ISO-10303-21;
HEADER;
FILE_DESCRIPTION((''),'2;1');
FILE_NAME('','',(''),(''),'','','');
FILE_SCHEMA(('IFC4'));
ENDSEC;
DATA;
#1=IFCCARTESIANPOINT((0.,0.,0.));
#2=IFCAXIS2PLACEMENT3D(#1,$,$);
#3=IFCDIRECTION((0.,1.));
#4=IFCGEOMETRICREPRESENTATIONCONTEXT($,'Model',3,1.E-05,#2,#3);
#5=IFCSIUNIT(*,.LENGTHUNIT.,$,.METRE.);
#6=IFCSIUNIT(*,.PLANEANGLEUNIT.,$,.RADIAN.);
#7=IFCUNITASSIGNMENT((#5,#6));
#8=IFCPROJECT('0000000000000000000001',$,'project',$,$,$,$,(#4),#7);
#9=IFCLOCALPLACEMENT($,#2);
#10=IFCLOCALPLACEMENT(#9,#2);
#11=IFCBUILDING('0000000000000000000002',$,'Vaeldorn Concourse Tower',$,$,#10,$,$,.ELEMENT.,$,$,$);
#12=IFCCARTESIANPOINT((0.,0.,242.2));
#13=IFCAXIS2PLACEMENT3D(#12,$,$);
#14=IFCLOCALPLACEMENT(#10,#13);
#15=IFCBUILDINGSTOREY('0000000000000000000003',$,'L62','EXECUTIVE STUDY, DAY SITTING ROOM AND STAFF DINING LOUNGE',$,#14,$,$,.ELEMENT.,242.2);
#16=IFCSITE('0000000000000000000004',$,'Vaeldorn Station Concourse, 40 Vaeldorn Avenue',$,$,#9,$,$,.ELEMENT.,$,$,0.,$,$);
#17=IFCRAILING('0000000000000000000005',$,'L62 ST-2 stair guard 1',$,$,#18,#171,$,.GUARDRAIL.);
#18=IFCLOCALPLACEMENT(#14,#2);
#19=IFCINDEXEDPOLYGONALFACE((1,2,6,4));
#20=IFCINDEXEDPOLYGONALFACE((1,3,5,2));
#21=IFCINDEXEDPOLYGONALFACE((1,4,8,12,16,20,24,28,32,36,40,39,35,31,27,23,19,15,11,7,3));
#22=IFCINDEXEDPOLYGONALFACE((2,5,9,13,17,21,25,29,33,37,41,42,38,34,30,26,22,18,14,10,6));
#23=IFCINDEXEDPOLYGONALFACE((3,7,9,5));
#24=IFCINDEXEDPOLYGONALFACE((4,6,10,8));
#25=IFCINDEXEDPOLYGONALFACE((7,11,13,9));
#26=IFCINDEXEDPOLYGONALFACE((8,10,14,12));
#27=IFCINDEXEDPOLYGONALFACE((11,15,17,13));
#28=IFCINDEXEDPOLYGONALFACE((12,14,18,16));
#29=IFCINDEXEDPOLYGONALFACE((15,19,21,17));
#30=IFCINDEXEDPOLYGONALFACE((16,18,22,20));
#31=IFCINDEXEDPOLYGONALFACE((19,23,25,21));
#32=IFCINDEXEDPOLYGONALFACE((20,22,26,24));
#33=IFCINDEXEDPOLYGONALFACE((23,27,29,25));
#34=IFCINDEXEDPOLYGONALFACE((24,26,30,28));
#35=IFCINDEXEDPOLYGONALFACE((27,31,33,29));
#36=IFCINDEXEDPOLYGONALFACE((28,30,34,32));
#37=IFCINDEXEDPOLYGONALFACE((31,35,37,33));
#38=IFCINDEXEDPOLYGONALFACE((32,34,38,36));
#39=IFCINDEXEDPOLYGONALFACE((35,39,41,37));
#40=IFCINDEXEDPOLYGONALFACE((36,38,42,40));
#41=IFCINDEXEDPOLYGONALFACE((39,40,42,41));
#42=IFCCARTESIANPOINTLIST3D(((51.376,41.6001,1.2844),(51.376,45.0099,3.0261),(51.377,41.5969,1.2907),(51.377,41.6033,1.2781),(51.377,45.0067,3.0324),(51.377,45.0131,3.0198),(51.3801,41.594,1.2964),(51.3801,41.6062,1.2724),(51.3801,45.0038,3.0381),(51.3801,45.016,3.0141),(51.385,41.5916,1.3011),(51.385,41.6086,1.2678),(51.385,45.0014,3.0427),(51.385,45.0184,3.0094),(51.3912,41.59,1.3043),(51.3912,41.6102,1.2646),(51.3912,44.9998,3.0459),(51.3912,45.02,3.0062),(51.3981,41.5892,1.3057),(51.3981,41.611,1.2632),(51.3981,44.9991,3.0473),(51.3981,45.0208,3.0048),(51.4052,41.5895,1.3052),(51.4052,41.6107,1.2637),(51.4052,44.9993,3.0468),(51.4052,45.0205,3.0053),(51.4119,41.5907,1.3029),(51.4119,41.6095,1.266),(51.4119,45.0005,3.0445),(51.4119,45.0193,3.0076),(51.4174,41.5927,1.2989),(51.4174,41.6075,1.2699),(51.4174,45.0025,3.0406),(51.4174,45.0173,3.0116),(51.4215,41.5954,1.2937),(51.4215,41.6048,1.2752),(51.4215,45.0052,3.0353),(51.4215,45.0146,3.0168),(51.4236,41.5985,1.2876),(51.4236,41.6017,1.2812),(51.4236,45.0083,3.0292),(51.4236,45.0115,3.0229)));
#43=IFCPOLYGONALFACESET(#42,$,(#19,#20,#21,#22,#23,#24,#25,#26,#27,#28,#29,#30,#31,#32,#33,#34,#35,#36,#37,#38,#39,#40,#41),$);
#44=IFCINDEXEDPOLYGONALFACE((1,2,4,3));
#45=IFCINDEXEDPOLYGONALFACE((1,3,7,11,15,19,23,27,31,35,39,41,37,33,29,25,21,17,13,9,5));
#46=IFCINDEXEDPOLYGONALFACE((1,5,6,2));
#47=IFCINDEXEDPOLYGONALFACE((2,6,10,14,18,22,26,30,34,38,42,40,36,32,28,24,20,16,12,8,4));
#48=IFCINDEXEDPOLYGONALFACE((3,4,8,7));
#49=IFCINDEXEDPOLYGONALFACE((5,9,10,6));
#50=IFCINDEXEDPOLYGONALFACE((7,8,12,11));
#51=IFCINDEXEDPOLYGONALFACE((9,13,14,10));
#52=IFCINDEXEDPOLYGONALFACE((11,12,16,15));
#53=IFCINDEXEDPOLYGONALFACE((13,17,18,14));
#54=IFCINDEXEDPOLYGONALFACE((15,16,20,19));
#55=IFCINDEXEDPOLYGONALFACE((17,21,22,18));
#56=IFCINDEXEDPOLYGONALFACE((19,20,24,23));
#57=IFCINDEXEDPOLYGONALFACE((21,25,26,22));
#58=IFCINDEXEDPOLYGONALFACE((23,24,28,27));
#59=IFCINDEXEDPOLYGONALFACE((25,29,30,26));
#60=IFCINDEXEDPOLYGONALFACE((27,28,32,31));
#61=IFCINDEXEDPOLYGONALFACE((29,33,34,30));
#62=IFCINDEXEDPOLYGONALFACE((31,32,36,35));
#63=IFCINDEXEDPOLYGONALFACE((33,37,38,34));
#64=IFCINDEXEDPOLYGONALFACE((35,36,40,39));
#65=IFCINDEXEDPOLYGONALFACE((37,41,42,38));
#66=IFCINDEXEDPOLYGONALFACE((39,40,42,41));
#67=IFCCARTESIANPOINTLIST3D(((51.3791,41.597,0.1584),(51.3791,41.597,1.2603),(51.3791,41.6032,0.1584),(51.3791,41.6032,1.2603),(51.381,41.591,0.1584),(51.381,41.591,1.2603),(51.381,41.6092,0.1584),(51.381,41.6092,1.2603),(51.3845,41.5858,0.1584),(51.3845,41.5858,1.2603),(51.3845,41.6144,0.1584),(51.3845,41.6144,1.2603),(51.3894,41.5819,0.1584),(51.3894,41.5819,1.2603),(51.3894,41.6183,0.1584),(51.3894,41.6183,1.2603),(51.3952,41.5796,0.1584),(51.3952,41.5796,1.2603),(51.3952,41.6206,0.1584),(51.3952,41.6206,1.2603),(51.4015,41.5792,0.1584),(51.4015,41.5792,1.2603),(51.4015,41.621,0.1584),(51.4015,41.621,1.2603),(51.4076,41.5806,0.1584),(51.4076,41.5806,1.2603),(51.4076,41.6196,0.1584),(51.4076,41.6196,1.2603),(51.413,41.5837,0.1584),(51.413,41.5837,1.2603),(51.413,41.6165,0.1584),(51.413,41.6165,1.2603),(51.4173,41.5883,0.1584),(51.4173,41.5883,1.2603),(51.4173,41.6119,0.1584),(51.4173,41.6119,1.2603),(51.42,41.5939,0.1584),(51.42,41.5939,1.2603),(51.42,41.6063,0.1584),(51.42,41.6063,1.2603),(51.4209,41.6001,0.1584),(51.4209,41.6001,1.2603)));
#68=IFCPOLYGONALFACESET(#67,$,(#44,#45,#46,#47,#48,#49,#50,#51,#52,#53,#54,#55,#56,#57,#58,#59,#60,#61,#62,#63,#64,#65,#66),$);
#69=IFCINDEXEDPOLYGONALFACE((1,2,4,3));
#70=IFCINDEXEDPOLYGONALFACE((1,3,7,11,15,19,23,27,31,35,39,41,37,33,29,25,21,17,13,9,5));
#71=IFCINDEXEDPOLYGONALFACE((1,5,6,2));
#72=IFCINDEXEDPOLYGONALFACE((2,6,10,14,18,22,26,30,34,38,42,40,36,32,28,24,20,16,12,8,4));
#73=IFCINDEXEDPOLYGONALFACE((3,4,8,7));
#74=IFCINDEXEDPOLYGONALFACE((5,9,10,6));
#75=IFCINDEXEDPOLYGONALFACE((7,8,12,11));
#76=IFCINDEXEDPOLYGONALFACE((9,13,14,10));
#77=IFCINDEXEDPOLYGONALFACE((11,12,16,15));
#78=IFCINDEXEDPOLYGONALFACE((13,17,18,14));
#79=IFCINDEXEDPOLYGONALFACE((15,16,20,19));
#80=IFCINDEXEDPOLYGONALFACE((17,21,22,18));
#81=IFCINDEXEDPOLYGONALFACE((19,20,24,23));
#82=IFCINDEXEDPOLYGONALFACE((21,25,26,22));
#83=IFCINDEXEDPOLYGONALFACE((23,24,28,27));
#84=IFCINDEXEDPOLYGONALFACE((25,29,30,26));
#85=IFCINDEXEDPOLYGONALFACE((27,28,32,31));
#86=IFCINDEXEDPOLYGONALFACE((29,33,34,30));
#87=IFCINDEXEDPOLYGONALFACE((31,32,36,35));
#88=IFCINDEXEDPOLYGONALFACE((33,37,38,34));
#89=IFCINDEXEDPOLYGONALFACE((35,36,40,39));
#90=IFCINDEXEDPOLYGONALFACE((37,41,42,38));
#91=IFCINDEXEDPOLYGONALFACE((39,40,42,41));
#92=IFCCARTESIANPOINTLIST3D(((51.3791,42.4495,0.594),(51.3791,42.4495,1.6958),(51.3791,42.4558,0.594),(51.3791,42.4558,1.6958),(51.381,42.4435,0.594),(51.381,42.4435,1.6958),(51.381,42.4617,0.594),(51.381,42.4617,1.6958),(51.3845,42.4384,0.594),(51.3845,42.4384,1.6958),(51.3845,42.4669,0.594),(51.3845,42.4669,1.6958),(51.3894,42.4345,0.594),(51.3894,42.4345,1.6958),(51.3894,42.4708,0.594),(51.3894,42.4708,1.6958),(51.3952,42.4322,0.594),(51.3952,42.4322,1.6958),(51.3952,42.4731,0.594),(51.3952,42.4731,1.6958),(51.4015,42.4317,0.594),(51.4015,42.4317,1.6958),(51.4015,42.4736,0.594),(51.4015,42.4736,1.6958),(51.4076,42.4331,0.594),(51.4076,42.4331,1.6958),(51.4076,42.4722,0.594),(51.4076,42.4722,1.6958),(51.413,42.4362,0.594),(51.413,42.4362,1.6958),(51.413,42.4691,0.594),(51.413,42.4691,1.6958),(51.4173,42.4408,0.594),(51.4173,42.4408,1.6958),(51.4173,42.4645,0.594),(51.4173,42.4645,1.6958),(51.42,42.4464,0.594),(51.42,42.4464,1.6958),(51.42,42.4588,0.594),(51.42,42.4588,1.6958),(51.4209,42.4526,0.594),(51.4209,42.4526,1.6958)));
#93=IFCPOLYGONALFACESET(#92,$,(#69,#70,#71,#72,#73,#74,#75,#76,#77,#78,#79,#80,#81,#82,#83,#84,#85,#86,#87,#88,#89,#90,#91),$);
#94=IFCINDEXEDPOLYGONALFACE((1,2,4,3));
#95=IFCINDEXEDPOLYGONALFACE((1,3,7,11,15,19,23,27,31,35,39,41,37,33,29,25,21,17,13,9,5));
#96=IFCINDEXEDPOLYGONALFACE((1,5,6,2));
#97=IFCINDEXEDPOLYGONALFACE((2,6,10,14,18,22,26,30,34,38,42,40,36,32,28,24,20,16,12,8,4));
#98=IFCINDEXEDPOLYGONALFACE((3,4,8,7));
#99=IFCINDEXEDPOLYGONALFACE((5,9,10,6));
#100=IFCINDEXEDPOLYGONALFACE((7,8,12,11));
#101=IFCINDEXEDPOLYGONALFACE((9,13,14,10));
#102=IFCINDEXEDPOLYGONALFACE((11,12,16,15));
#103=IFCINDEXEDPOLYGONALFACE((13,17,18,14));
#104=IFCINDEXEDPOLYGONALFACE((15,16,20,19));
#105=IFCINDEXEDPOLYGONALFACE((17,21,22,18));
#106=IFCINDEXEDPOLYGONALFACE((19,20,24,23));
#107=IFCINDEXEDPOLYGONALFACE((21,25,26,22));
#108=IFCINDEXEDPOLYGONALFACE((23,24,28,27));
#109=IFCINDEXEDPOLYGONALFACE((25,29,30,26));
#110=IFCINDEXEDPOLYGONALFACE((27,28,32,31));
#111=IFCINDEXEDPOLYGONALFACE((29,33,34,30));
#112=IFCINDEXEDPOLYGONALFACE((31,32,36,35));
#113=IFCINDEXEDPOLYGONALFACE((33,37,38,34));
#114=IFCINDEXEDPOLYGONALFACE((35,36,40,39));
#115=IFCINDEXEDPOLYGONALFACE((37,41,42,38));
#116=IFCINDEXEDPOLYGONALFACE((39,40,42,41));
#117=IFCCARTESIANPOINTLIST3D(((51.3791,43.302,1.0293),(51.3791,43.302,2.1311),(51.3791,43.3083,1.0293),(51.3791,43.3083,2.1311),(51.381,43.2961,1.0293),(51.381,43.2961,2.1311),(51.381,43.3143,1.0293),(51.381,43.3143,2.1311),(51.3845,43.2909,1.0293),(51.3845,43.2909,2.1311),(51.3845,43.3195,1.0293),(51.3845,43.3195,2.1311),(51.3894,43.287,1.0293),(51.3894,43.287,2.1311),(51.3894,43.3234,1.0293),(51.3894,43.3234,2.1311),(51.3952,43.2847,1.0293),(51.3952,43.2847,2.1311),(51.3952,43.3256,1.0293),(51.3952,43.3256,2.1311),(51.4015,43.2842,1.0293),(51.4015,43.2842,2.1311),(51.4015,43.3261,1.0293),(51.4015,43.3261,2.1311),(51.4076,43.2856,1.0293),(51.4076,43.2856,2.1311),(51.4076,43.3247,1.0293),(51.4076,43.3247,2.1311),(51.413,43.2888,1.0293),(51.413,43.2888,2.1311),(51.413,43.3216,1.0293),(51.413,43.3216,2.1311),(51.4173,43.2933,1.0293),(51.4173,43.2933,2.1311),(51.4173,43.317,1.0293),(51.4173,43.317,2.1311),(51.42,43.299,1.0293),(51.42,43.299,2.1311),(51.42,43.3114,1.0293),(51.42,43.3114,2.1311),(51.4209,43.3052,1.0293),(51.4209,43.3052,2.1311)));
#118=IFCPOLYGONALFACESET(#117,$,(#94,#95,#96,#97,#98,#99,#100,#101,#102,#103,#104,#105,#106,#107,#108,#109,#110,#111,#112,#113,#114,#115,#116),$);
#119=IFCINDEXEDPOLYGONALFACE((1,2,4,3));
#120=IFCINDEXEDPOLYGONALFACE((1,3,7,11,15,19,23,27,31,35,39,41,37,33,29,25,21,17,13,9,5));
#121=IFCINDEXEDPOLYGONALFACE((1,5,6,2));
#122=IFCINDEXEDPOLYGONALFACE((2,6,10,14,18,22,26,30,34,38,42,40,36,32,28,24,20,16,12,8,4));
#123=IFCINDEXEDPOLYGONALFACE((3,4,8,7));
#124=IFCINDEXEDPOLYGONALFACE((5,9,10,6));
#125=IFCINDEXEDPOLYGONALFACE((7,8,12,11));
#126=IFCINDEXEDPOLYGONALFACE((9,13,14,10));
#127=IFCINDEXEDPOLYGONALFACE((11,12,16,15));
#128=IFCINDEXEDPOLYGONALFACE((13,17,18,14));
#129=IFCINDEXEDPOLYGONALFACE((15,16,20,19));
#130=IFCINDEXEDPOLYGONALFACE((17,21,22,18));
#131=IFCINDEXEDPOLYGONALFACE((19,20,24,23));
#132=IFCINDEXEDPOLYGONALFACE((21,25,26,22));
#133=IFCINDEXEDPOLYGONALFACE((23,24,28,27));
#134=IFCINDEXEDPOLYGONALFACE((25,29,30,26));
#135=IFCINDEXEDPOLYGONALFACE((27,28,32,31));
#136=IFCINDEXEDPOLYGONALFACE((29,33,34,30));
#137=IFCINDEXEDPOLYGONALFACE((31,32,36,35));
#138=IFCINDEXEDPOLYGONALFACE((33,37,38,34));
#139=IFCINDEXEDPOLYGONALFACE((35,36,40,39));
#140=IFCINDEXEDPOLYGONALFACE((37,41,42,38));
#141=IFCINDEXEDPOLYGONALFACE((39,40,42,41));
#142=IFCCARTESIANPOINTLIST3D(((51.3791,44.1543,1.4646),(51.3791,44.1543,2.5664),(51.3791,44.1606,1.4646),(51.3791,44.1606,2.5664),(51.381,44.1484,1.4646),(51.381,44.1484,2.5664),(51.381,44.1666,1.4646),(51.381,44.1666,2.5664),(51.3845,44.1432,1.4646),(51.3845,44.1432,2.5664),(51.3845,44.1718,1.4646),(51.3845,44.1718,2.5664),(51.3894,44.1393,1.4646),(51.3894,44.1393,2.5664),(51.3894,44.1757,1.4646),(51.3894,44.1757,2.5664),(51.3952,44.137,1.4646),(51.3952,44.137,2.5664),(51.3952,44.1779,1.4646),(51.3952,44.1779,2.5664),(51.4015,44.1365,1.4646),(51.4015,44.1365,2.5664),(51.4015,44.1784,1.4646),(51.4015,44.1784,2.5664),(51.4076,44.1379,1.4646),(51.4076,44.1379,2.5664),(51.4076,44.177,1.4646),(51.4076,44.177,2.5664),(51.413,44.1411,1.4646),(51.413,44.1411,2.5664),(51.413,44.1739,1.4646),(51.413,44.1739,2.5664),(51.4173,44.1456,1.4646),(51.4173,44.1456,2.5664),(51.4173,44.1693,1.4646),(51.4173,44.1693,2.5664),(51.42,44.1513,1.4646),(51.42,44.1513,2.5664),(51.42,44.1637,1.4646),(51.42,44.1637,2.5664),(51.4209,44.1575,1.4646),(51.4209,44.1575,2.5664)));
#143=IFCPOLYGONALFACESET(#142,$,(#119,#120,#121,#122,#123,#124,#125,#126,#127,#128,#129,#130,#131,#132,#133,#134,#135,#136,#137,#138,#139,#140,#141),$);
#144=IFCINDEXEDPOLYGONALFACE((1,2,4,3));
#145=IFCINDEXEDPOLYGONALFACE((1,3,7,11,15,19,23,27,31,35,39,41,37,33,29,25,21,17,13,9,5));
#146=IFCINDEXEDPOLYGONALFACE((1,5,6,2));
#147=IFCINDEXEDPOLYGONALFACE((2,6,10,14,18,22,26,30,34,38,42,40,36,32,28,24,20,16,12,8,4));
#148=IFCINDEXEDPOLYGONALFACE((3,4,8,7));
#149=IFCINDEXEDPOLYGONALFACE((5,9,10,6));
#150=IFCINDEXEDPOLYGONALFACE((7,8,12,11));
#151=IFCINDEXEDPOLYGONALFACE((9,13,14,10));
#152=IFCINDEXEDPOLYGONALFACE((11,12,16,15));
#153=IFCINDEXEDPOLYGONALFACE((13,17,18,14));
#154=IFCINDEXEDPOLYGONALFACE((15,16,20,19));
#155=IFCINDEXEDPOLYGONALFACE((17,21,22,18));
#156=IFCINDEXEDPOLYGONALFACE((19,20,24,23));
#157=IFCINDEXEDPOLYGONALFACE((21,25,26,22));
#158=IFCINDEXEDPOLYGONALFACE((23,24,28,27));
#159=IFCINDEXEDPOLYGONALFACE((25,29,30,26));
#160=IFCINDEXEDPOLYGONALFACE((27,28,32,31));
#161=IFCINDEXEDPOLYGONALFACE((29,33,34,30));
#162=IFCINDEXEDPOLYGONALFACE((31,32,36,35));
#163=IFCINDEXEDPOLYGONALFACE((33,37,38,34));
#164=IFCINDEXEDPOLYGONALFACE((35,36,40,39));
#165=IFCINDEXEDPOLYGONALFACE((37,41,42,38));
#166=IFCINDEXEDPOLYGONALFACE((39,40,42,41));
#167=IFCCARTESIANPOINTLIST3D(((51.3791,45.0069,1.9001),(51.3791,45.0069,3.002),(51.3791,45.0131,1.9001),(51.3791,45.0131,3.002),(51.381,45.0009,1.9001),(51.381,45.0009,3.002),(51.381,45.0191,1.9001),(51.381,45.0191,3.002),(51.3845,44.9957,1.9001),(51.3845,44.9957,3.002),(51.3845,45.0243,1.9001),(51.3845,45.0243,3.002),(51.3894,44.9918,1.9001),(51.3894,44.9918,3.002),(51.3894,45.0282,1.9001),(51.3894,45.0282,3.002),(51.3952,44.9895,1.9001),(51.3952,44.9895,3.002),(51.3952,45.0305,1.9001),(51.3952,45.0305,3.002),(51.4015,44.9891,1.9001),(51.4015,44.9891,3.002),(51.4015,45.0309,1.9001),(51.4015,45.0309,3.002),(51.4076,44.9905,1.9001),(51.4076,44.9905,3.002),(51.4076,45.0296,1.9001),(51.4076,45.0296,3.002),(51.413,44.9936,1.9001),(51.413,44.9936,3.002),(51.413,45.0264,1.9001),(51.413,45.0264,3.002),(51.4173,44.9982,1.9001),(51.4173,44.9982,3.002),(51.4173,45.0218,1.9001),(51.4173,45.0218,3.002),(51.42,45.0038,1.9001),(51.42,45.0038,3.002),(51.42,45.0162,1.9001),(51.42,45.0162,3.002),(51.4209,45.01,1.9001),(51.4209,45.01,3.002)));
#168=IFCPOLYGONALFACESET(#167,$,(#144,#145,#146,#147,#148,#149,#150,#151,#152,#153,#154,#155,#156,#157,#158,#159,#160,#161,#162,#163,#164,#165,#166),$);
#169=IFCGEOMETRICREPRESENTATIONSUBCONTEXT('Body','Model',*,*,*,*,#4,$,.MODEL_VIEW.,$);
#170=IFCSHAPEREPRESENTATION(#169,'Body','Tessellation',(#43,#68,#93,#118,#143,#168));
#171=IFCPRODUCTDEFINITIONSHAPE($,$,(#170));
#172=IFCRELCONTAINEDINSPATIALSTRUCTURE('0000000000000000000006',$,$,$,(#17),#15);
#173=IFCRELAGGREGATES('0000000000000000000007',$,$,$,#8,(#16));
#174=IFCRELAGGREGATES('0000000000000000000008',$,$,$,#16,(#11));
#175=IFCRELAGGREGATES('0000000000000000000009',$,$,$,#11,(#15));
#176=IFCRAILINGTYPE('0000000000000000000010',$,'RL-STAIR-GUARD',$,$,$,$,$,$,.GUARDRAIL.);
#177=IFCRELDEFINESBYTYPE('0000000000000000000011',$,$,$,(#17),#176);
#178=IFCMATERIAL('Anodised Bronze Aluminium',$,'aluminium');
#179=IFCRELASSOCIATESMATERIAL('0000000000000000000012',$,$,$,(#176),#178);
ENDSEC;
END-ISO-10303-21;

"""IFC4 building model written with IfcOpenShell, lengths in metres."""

from ifc_helpers import new_model, si_unit, direction, frame, origin, origin_2d, place, context, subcontext, project, spatial, circle, extrude, material, type_object, element, save


model = new_model("IFC4")

# Units and contexts
model_context = context("Model", 3, precision=1e-05, world=origin(), true_north=direction((0.0, 1.0)))
body_context = subcontext(model_context, "Body", "Model", "MODEL_VIEW")
ifc_project = project(units=[si_unit("LENGTHUNIT", "METRE"), si_unit("PLANEANGLEUNIT", "RADIAN")], contexts=[model_context])

# Site, building, storey
site_placement = place(None, origin())
site = spatial("IfcSite", under=ifc_project, at=site_placement, Name="Vaeldorn Station Concourse, 40 Vaeldorn Avenue", CompositionType="ELEMENT", RefElevation=0.0)
building_placement = place(site_placement, origin())
building = spatial("IfcBuilding", under=site, at=building_placement, Name="Vaeldorn Concourse Tower", CompositionType="ELEMENT")
storey_placement = place(building_placement, frame((0.0, 0.0, 242.2)))
storey = spatial("IfcBuildingStorey", under=building, at=storey_placement, Name="L62", Description="EXECUTIVE STUDY, DAY SITTING ROOM AND STAFF DINING LOUNGE", CompositionType="ELEMENT", Elevation=242.2)

# Shared definitions
ifc_material_1 = material(Name="Anodised Bronze Aluminium", Category="aluminium")

# Railing
railing_type_1 = type_object("IfcRailingType", Name="RL-STAIR-GUARD", PredefinedType="GUARDRAIL", material=ifc_material_1)
railing_1_placement = place(storey_placement, frame((51.3999, 41.6001, 0.1584)))
element("IfcRailing", 1, at=railing_1_placement, inside=storey, type_object=railing_type_1, Name="L62 ST-2 stair guard 1", PredefinedType="GUARDRAIL", context=body_context, shape_type="SweptSolid", body=[
    extrude(circle(Radius=0.0239, at=origin_2d()), frame((0.0, 0.0, 1.126), z_axis=(0.0, 0.890556, 0.454874), x_axis=(-1.0, 0.0, 0.0)), (0.0, 0.0, 1.0), 3.8289),
    extrude(circle(Radius=0.021, at=origin_2d()), origin(), (0.0, 0.0, 1.0), 1.1018),
    extrude(circle(Radius=0.021, at=origin_2d()), frame((0.0, 0.8525, 0.4355)), (0.0, 0.0, 1.0), 1.1018),
    extrude(circle(Radius=0.021, at=origin_2d()), frame((0.0, 1.7051, 0.8708)), (0.0, 0.0, 1.0), 1.1018),
    extrude(circle(Radius=0.021, at=origin_2d()), frame((0.0, 2.5574, 1.3062)), (0.0, 0.0, 1.0), 1.1018),
    extrude(circle(Radius=0.021, at=origin_2d()), frame((0.0, 3.4099, 1.7417)), (0.0, 0.0, 1.0), 1.1018),
])

save(model, "model.ifc")
